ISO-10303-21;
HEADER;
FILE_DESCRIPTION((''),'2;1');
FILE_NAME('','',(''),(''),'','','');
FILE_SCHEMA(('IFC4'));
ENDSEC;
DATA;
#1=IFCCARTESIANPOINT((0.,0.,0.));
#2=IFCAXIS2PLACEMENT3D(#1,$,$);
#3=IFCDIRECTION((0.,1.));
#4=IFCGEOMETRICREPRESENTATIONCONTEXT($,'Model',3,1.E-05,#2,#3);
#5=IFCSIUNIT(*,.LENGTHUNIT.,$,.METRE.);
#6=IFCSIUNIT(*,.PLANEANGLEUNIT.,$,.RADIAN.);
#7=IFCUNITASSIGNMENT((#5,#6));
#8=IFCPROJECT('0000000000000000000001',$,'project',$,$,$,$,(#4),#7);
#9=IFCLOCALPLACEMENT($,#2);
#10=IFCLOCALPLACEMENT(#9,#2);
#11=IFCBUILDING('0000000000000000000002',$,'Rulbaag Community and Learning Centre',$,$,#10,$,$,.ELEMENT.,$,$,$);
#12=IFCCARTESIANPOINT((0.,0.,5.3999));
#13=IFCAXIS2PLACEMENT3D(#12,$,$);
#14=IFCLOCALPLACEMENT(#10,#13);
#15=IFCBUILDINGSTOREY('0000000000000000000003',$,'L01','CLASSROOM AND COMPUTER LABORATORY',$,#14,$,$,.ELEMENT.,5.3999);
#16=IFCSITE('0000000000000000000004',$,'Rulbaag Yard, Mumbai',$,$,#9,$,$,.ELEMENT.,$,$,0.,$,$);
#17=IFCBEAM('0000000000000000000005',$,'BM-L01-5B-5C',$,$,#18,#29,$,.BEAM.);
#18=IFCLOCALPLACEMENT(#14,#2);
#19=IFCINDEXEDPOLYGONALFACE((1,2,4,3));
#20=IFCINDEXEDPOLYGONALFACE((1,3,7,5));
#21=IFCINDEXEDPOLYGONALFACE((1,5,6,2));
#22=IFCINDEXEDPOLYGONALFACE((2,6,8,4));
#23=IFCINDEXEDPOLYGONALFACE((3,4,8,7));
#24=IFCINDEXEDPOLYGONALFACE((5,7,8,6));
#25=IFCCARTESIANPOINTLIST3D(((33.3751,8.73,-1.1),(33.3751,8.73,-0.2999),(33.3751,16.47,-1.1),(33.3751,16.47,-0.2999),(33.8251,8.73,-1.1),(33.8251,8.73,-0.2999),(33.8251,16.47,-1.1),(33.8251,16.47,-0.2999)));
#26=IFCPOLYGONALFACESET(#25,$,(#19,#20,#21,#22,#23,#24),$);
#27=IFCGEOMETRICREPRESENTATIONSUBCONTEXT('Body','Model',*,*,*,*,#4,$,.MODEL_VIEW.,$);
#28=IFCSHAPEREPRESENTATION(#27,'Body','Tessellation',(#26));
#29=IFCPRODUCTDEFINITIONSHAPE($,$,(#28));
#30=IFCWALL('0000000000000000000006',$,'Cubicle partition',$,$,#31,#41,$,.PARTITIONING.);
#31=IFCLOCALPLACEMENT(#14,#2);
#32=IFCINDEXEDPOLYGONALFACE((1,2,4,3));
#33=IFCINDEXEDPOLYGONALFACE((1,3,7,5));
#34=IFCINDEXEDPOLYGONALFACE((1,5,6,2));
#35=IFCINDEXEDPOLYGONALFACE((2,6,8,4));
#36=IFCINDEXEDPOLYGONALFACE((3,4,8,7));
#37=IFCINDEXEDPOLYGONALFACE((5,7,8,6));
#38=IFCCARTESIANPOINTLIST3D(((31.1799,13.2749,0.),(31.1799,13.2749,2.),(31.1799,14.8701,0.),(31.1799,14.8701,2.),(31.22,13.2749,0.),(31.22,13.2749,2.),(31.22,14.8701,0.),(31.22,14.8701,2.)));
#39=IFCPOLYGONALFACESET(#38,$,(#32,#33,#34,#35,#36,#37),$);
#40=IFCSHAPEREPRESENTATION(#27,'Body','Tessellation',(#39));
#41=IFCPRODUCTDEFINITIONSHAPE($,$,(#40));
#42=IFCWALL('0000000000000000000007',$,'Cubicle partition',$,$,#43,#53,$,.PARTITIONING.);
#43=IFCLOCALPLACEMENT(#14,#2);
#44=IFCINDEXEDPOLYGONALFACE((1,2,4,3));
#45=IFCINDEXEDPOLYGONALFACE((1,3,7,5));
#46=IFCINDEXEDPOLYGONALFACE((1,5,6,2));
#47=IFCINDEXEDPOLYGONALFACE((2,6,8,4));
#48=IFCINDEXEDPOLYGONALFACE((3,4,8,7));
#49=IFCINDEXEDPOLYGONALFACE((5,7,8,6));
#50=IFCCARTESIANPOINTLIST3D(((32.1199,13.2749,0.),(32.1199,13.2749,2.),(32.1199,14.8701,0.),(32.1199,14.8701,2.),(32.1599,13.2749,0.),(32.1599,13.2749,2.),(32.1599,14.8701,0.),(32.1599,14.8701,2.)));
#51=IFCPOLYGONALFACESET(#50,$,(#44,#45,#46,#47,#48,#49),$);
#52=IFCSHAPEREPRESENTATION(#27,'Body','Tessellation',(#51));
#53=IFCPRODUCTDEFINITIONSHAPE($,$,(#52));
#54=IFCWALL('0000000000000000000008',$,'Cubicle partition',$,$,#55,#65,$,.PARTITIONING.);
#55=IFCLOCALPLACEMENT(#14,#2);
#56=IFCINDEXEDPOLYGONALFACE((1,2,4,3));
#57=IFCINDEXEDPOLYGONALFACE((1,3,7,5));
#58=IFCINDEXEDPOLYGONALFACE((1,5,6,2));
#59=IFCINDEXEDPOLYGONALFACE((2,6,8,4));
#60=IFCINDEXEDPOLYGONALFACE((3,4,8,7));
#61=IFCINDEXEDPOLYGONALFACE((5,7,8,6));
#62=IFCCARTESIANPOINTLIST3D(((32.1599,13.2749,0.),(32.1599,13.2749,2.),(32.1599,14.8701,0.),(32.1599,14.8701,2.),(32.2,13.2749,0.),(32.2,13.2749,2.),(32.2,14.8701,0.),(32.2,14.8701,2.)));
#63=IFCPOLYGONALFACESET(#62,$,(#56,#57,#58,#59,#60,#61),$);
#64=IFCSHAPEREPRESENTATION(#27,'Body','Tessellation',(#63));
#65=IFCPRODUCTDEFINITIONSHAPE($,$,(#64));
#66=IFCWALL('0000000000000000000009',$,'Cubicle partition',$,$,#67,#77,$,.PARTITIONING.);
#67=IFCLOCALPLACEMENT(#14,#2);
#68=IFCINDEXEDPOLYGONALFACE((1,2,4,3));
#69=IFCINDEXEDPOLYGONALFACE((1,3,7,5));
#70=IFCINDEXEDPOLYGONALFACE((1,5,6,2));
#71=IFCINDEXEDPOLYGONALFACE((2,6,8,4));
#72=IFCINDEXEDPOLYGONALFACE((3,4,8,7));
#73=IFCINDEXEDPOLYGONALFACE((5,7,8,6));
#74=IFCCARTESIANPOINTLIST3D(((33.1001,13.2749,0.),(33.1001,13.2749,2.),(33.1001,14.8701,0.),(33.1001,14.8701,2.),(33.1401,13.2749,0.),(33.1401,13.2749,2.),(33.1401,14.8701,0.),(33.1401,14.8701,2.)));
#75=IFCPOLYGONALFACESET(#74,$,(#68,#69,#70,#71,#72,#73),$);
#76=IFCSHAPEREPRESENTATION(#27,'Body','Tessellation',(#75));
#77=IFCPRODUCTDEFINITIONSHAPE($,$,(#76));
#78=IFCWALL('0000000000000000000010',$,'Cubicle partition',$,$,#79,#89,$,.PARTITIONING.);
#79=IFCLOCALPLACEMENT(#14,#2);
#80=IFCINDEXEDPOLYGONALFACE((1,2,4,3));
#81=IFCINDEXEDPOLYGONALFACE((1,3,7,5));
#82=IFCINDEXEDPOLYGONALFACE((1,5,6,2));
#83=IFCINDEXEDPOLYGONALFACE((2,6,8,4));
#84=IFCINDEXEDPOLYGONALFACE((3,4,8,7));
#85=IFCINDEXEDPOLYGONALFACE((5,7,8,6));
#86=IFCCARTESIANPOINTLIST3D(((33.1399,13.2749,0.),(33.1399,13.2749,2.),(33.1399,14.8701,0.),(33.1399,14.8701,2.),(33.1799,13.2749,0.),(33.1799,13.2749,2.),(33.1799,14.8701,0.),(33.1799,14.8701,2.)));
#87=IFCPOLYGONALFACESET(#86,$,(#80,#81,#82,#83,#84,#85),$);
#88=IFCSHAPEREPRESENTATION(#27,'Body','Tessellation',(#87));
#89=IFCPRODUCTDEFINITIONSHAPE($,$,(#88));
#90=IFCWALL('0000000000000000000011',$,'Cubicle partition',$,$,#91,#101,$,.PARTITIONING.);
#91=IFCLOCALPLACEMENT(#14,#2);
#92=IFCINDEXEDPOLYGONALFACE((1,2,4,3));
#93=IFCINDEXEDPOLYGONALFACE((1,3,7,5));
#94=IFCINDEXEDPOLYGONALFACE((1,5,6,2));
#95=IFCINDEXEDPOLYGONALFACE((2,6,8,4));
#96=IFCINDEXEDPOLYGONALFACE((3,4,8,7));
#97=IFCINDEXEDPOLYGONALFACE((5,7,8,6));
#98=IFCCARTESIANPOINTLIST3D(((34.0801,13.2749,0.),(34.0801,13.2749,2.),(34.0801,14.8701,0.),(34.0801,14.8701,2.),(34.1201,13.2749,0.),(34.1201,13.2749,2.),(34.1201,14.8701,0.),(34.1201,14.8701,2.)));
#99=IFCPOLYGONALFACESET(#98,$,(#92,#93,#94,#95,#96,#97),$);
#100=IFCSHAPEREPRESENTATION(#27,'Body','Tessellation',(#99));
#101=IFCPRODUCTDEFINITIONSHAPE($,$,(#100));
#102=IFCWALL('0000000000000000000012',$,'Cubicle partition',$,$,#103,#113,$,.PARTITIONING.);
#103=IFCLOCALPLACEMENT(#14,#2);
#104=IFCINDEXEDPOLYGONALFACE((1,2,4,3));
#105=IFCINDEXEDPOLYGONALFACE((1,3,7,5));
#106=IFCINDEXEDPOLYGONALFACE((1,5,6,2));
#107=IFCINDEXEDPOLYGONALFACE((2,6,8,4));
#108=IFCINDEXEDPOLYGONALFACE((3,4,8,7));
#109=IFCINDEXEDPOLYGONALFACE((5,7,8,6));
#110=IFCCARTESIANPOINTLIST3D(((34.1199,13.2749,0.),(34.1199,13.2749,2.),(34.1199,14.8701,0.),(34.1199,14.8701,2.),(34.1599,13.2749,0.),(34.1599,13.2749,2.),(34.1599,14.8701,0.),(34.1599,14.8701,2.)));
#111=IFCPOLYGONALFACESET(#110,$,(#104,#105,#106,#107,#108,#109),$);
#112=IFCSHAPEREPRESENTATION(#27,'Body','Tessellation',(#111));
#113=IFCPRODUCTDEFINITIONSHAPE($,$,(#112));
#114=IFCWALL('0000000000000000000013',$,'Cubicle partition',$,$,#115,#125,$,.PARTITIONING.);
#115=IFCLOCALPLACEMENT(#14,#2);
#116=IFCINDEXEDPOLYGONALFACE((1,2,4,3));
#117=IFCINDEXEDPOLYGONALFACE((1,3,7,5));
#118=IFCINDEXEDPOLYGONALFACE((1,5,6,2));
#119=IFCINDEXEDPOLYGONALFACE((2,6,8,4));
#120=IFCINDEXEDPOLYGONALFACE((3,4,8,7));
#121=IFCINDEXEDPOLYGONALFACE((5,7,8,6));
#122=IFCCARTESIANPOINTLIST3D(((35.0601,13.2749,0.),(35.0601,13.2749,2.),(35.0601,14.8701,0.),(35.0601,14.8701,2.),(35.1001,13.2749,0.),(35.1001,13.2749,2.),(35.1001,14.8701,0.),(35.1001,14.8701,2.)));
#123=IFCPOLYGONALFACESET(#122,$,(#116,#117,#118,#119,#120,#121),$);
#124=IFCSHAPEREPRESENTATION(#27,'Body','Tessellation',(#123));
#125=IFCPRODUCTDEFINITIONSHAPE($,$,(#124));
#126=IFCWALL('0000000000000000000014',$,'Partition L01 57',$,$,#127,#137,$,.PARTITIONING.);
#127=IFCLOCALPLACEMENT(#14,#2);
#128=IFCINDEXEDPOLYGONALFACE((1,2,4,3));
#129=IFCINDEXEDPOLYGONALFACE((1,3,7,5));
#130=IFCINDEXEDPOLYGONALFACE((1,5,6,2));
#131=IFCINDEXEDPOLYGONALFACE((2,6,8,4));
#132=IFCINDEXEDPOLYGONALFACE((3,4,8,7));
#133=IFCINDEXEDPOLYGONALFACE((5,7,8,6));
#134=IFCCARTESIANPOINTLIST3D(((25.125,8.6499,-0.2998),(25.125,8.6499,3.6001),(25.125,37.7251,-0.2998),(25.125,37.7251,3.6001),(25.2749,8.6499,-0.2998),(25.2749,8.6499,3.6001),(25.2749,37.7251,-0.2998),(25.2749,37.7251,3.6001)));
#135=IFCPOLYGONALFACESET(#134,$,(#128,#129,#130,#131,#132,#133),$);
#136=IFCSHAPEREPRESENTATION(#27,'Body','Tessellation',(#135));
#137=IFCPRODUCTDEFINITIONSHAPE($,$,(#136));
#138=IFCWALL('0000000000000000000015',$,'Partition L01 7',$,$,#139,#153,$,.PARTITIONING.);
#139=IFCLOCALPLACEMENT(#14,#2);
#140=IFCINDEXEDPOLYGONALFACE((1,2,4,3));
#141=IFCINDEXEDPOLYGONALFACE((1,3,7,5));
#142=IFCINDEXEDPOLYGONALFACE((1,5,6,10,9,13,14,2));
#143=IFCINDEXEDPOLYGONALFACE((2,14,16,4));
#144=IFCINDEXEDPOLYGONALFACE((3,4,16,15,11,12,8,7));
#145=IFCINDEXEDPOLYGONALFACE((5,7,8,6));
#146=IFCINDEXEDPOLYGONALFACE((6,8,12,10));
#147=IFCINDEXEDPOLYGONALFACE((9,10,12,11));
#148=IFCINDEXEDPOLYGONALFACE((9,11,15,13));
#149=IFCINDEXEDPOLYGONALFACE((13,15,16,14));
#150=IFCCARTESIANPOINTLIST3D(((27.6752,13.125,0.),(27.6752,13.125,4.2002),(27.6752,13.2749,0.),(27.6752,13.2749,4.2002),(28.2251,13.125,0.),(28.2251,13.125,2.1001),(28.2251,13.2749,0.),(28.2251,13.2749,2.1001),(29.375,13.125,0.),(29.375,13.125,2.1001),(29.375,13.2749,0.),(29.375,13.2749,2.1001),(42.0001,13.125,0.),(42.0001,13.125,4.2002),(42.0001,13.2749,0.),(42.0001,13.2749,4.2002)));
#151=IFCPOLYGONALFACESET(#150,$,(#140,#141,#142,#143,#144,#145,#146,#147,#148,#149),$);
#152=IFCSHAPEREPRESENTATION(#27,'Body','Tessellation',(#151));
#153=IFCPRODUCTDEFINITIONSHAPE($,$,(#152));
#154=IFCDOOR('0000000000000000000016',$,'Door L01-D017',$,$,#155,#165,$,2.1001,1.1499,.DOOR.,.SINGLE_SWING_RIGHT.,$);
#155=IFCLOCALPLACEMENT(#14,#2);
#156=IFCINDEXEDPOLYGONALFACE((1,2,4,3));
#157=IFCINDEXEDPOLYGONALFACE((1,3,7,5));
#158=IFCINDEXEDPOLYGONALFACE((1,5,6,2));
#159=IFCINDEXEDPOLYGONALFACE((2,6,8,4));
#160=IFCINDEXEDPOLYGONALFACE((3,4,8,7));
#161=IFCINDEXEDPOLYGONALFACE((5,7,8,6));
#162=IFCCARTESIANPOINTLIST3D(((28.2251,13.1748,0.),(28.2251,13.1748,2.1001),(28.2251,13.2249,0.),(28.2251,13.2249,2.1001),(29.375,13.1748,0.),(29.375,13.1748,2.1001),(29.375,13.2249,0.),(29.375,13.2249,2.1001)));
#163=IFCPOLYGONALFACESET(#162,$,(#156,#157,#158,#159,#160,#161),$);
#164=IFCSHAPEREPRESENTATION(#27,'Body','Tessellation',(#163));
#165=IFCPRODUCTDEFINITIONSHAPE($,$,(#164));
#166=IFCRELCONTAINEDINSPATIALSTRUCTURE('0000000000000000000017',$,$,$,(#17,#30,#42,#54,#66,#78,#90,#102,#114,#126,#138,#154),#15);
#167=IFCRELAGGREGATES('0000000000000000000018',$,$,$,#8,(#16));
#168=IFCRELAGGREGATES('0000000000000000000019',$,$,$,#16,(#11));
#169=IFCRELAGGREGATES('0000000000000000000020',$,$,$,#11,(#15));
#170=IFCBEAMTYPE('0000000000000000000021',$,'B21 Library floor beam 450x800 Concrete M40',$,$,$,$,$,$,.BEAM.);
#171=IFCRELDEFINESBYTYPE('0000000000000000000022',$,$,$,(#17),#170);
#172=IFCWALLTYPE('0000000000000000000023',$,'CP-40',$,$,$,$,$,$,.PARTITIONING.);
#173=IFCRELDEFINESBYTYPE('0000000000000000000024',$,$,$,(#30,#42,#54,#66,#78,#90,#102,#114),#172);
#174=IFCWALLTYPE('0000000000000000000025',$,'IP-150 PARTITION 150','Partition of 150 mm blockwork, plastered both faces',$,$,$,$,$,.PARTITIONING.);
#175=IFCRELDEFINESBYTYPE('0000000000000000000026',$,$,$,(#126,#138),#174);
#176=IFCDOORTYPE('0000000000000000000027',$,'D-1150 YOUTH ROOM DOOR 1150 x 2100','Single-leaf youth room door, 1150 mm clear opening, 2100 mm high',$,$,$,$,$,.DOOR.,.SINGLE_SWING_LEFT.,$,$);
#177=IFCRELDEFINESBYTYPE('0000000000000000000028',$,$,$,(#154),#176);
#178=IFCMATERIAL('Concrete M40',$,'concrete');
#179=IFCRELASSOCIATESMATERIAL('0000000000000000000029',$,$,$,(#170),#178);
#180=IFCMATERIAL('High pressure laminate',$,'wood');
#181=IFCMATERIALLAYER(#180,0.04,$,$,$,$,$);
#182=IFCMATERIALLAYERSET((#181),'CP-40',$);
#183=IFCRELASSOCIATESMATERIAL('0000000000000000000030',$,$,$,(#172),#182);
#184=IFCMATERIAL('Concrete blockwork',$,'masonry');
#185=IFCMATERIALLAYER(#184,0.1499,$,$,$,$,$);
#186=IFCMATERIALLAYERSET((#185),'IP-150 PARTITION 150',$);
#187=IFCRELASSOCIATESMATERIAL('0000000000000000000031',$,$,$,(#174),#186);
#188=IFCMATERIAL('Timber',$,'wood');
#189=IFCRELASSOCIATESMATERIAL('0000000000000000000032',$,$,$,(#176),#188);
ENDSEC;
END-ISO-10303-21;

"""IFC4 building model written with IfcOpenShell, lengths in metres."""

from ifc_helpers import new_model, si_unit, direction, frame, frame_2d, origin, origin_2d, place, context, subcontext, project, spatial, rectangle, extrude, material, layer, layer_set, material_profile, profile_set, type_object, element, fill, save


model = new_model("IFC4")

# Units and contexts
model_context = context("Model", 3, precision=1e-05, world=origin(), true_north=direction((0.0, 1.0)))
body_context = subcontext(model_context, "Body", "Model", "MODEL_VIEW")
ifc_project = project(units=[si_unit("LENGTHUNIT", "METRE"), si_unit("PLANEANGLEUNIT", "RADIAN")], contexts=[model_context])

# Site, building, storey
site_placement = place(None, origin())
site = spatial("IfcSite", under=ifc_project, at=site_placement, Name="Rulbaag Yard, Mumbai", CompositionType="ELEMENT", RefElevation=0.0)
building_placement = place(site_placement, origin())
building = spatial("IfcBuilding", under=site, at=building_placement, Name="Rulbaag Community and Learning Centre", CompositionType="ELEMENT")
storey_placement = place(building_placement, frame((0.0, 0.0, 5.3999)))
storey = spatial("IfcBuildingStorey", under=building, at=storey_placement, Name="L01", Description="CLASSROOM AND COMPUTER LABORATORY", CompositionType="ELEMENT", Elevation=5.3999)

# Beam
ifc_material_1 = material(Name="Concrete M40", Category="concrete")
ifc_material_profile = material_profile(ifc_material_1, rectangle(XDim=0.45, YDim=0.8, at=origin_2d()), Name="RB450x800")
ifc_profile_set = profile_set([ifc_material_profile], Name="Concrete M40")
beam_type = type_object("IfcBeamType", Name="B21 Library floor beam 450x800 Concrete M40", PredefinedType="BEAM", material=ifc_profile_set)
beam_placement = place(storey_placement, frame((33.6001, 8.73, -0.7), z_axis=(0.0, 1.0, 0.0), x_axis=(-1.0, 0.0, 0.0)))
element("IfcBeam", 1, at=beam_placement, inside=storey, type_object=beam_type, Name="BM-L01-5B-5C", PredefinedType="BEAM", context=body_context, shape_type="SweptSolid", body=[
    extrude(rectangle(XDim=0.45, YDim=0.8, at=origin_2d()), origin(), (0.0, 0.0, 1.0), 7.74),
])

# Walls
ifc_material_2 = material(Name="High pressure laminate", Category="wood")
ifc_layer_1 = layer(ifc_material_2, 0.04)
ifc_layer_set_1 = layer_set([ifc_layer_1], Name="CP-40")
wall_type_1 = type_object("IfcWallType", Name="CP-40", PredefinedType="PARTITIONING", material=ifc_layer_set_1)
for number, where, z_axis, x_axis, name in (
    (2, (31.2, 13.2749, 0.0), (0.0, 0.0, 1.0), (0.0, 1.0, 0.0), "Cubicle partition"),
    (3, (32.1399, 13.2749, 0.0), (0.0, 0.0, 1.0), (0.0, 1.0, 0.0), "Cubicle partition"),
    (4, (32.1799, 13.2749, 0.0), (0.0, 0.0, 1.0), (0.0, 1.0, 0.0), "Cubicle partition"),
    (5, (33.1201, 13.2749, 0.0), (0.0, 0.0, 1.0), (0.0, 1.0, 0.0), "Cubicle partition"),
    (6, (33.1599, 13.2749, 0.0), (0.0, 0.0, 1.0), (0.0, 1.0, 0.0), "Cubicle partition"),
    (7, (34.1001, 13.2749, 0.0), (0.0, 0.0, 1.0), (0.0, 1.0, 0.0), "Cubicle partition"),
    (8, (34.1399, 13.2749, 0.0), (0.0, 0.0, 1.0), (0.0, 1.0, 0.0), "Cubicle partition"),
    (9, (35.0801, 13.2749, 0.0), (0.0, 0.0, 1.0), (0.0, 1.0, 0.0), "Cubicle partition"),
):
    element("IfcWall", number, at=place(storey_placement, frame(where, z_axis=z_axis, x_axis=x_axis)), inside=storey, type_object=wall_type_1, Name=name, PredefinedType="PARTITIONING", context=body_context, shape_type="SweptSolid", body=[
        extrude(rectangle(XDim=1.5952, YDim=0.04, at=frame_2d((0.7976, 0.0))), origin(), (0.0, 0.0, 1.0), 2.0),
    ])
ifc_material_3 = material(Name="Concrete blockwork", Category="masonry")
ifc_layer_2 = layer(ifc_material_3, 0.1499)
ifc_layer_set_2 = layer_set([ifc_layer_2], Name="IP-150 PARTITION 150")
wall_type_2 = type_object("IfcWallType", Name="IP-150 PARTITION 150", Description="Partition of 150 mm blockwork, plastered both faces", PredefinedType="PARTITIONING", material=ifc_layer_set_2)
wall_1_placement = place(storey_placement, frame((25.2, 8.6499, -0.2998), z_axis=(0.0, 0.0, 1.0), x_axis=(0.0, 1.0, 0.0)))
element("IfcWall", 10, at=wall_1_placement, inside=storey, type_object=wall_type_2, Name="Partition L01 57", PredefinedType="PARTITIONING", context=body_context, shape_type="SweptSolid", body=[
    extrude(rectangle(XDim=29.0752, YDim=0.1499, at=frame_2d((14.5376, 0.0))), origin(), (0.0, 0.0, 1.0), 3.8999),
])

# Wall, opening, door
wall_2_placement = place(storey_placement, frame((27.675, 13.2, 0.0), z_axis=(0.0, 0.0, 1.0), x_axis=(1.0, 0.0, 0.0)))
wall_2 = element("IfcWall", 11, at=wall_2_placement, inside=storey, type_object=wall_type_2, Name="Partition L01 7", PredefinedType="PARTITIONING", context=body_context, shape_type="SweptSolid", body=[
    extrude(rectangle(XDim=14.325, YDim=0.1499, at=frame_2d((7.1626, 0.0))), origin(), (0.0, 0.0, 1.0), 4.2002),
])
opening_1_placement = place(wall_2_placement, frame((0.55, 0.0, 0.0)))
opening_1 = element("IfcOpeningElement", 12, at=opening_1_placement, cuts=wall_2, PredefinedType="OPENING", context=body_context, shape_type="SweptSolid", body=[
    extrude(rectangle(XDim=1.1499, YDim=2.1001, at=frame_2d((0.575, 1.05))), frame((0.0, 0.085, 0.0), z_axis=(0.0, -1.0, 0.0), x_axis=(1.0, 0.0, 0.0)), (0.0, 0.0, 1.0), 0.1699),
])
ifc_material_4 = material(Name="Timber", Category="wood")
door_type_1 = type_object("IfcDoorType", Name="D-1150 YOUTH ROOM DOOR 1150 x 2100", Description="Single-leaf youth room door, 1150 mm clear opening, 2100 mm high", OperationType="SINGLE_SWING_LEFT", PredefinedType="DOOR", material=ifc_material_4)
door_1_placement = place(opening_1_placement, origin())
door_1 = element("IfcDoor", 13, at=door_1_placement, inside=storey, type_object=door_type_1, Name="Door L01-D017", OperationType="SINGLE_SWING_RIGHT", OverallHeight=2.1001, OverallWidth=1.1499, PredefinedType="DOOR", context=body_context, shape_type="SweptSolid", body=[
    extrude(rectangle(XDim=1.1499, YDim=2.1001, at=frame_2d((0.575, 1.05))), frame((0.0, 0.0249, 0.0), z_axis=(0.0, -1.0, 0.0), x_axis=(1.0, 0.0, 0.0)), (0.0, 0.0, 1.0), 0.05),
])
fill(opening_1, door_1)

save(model, "model.ifc")
